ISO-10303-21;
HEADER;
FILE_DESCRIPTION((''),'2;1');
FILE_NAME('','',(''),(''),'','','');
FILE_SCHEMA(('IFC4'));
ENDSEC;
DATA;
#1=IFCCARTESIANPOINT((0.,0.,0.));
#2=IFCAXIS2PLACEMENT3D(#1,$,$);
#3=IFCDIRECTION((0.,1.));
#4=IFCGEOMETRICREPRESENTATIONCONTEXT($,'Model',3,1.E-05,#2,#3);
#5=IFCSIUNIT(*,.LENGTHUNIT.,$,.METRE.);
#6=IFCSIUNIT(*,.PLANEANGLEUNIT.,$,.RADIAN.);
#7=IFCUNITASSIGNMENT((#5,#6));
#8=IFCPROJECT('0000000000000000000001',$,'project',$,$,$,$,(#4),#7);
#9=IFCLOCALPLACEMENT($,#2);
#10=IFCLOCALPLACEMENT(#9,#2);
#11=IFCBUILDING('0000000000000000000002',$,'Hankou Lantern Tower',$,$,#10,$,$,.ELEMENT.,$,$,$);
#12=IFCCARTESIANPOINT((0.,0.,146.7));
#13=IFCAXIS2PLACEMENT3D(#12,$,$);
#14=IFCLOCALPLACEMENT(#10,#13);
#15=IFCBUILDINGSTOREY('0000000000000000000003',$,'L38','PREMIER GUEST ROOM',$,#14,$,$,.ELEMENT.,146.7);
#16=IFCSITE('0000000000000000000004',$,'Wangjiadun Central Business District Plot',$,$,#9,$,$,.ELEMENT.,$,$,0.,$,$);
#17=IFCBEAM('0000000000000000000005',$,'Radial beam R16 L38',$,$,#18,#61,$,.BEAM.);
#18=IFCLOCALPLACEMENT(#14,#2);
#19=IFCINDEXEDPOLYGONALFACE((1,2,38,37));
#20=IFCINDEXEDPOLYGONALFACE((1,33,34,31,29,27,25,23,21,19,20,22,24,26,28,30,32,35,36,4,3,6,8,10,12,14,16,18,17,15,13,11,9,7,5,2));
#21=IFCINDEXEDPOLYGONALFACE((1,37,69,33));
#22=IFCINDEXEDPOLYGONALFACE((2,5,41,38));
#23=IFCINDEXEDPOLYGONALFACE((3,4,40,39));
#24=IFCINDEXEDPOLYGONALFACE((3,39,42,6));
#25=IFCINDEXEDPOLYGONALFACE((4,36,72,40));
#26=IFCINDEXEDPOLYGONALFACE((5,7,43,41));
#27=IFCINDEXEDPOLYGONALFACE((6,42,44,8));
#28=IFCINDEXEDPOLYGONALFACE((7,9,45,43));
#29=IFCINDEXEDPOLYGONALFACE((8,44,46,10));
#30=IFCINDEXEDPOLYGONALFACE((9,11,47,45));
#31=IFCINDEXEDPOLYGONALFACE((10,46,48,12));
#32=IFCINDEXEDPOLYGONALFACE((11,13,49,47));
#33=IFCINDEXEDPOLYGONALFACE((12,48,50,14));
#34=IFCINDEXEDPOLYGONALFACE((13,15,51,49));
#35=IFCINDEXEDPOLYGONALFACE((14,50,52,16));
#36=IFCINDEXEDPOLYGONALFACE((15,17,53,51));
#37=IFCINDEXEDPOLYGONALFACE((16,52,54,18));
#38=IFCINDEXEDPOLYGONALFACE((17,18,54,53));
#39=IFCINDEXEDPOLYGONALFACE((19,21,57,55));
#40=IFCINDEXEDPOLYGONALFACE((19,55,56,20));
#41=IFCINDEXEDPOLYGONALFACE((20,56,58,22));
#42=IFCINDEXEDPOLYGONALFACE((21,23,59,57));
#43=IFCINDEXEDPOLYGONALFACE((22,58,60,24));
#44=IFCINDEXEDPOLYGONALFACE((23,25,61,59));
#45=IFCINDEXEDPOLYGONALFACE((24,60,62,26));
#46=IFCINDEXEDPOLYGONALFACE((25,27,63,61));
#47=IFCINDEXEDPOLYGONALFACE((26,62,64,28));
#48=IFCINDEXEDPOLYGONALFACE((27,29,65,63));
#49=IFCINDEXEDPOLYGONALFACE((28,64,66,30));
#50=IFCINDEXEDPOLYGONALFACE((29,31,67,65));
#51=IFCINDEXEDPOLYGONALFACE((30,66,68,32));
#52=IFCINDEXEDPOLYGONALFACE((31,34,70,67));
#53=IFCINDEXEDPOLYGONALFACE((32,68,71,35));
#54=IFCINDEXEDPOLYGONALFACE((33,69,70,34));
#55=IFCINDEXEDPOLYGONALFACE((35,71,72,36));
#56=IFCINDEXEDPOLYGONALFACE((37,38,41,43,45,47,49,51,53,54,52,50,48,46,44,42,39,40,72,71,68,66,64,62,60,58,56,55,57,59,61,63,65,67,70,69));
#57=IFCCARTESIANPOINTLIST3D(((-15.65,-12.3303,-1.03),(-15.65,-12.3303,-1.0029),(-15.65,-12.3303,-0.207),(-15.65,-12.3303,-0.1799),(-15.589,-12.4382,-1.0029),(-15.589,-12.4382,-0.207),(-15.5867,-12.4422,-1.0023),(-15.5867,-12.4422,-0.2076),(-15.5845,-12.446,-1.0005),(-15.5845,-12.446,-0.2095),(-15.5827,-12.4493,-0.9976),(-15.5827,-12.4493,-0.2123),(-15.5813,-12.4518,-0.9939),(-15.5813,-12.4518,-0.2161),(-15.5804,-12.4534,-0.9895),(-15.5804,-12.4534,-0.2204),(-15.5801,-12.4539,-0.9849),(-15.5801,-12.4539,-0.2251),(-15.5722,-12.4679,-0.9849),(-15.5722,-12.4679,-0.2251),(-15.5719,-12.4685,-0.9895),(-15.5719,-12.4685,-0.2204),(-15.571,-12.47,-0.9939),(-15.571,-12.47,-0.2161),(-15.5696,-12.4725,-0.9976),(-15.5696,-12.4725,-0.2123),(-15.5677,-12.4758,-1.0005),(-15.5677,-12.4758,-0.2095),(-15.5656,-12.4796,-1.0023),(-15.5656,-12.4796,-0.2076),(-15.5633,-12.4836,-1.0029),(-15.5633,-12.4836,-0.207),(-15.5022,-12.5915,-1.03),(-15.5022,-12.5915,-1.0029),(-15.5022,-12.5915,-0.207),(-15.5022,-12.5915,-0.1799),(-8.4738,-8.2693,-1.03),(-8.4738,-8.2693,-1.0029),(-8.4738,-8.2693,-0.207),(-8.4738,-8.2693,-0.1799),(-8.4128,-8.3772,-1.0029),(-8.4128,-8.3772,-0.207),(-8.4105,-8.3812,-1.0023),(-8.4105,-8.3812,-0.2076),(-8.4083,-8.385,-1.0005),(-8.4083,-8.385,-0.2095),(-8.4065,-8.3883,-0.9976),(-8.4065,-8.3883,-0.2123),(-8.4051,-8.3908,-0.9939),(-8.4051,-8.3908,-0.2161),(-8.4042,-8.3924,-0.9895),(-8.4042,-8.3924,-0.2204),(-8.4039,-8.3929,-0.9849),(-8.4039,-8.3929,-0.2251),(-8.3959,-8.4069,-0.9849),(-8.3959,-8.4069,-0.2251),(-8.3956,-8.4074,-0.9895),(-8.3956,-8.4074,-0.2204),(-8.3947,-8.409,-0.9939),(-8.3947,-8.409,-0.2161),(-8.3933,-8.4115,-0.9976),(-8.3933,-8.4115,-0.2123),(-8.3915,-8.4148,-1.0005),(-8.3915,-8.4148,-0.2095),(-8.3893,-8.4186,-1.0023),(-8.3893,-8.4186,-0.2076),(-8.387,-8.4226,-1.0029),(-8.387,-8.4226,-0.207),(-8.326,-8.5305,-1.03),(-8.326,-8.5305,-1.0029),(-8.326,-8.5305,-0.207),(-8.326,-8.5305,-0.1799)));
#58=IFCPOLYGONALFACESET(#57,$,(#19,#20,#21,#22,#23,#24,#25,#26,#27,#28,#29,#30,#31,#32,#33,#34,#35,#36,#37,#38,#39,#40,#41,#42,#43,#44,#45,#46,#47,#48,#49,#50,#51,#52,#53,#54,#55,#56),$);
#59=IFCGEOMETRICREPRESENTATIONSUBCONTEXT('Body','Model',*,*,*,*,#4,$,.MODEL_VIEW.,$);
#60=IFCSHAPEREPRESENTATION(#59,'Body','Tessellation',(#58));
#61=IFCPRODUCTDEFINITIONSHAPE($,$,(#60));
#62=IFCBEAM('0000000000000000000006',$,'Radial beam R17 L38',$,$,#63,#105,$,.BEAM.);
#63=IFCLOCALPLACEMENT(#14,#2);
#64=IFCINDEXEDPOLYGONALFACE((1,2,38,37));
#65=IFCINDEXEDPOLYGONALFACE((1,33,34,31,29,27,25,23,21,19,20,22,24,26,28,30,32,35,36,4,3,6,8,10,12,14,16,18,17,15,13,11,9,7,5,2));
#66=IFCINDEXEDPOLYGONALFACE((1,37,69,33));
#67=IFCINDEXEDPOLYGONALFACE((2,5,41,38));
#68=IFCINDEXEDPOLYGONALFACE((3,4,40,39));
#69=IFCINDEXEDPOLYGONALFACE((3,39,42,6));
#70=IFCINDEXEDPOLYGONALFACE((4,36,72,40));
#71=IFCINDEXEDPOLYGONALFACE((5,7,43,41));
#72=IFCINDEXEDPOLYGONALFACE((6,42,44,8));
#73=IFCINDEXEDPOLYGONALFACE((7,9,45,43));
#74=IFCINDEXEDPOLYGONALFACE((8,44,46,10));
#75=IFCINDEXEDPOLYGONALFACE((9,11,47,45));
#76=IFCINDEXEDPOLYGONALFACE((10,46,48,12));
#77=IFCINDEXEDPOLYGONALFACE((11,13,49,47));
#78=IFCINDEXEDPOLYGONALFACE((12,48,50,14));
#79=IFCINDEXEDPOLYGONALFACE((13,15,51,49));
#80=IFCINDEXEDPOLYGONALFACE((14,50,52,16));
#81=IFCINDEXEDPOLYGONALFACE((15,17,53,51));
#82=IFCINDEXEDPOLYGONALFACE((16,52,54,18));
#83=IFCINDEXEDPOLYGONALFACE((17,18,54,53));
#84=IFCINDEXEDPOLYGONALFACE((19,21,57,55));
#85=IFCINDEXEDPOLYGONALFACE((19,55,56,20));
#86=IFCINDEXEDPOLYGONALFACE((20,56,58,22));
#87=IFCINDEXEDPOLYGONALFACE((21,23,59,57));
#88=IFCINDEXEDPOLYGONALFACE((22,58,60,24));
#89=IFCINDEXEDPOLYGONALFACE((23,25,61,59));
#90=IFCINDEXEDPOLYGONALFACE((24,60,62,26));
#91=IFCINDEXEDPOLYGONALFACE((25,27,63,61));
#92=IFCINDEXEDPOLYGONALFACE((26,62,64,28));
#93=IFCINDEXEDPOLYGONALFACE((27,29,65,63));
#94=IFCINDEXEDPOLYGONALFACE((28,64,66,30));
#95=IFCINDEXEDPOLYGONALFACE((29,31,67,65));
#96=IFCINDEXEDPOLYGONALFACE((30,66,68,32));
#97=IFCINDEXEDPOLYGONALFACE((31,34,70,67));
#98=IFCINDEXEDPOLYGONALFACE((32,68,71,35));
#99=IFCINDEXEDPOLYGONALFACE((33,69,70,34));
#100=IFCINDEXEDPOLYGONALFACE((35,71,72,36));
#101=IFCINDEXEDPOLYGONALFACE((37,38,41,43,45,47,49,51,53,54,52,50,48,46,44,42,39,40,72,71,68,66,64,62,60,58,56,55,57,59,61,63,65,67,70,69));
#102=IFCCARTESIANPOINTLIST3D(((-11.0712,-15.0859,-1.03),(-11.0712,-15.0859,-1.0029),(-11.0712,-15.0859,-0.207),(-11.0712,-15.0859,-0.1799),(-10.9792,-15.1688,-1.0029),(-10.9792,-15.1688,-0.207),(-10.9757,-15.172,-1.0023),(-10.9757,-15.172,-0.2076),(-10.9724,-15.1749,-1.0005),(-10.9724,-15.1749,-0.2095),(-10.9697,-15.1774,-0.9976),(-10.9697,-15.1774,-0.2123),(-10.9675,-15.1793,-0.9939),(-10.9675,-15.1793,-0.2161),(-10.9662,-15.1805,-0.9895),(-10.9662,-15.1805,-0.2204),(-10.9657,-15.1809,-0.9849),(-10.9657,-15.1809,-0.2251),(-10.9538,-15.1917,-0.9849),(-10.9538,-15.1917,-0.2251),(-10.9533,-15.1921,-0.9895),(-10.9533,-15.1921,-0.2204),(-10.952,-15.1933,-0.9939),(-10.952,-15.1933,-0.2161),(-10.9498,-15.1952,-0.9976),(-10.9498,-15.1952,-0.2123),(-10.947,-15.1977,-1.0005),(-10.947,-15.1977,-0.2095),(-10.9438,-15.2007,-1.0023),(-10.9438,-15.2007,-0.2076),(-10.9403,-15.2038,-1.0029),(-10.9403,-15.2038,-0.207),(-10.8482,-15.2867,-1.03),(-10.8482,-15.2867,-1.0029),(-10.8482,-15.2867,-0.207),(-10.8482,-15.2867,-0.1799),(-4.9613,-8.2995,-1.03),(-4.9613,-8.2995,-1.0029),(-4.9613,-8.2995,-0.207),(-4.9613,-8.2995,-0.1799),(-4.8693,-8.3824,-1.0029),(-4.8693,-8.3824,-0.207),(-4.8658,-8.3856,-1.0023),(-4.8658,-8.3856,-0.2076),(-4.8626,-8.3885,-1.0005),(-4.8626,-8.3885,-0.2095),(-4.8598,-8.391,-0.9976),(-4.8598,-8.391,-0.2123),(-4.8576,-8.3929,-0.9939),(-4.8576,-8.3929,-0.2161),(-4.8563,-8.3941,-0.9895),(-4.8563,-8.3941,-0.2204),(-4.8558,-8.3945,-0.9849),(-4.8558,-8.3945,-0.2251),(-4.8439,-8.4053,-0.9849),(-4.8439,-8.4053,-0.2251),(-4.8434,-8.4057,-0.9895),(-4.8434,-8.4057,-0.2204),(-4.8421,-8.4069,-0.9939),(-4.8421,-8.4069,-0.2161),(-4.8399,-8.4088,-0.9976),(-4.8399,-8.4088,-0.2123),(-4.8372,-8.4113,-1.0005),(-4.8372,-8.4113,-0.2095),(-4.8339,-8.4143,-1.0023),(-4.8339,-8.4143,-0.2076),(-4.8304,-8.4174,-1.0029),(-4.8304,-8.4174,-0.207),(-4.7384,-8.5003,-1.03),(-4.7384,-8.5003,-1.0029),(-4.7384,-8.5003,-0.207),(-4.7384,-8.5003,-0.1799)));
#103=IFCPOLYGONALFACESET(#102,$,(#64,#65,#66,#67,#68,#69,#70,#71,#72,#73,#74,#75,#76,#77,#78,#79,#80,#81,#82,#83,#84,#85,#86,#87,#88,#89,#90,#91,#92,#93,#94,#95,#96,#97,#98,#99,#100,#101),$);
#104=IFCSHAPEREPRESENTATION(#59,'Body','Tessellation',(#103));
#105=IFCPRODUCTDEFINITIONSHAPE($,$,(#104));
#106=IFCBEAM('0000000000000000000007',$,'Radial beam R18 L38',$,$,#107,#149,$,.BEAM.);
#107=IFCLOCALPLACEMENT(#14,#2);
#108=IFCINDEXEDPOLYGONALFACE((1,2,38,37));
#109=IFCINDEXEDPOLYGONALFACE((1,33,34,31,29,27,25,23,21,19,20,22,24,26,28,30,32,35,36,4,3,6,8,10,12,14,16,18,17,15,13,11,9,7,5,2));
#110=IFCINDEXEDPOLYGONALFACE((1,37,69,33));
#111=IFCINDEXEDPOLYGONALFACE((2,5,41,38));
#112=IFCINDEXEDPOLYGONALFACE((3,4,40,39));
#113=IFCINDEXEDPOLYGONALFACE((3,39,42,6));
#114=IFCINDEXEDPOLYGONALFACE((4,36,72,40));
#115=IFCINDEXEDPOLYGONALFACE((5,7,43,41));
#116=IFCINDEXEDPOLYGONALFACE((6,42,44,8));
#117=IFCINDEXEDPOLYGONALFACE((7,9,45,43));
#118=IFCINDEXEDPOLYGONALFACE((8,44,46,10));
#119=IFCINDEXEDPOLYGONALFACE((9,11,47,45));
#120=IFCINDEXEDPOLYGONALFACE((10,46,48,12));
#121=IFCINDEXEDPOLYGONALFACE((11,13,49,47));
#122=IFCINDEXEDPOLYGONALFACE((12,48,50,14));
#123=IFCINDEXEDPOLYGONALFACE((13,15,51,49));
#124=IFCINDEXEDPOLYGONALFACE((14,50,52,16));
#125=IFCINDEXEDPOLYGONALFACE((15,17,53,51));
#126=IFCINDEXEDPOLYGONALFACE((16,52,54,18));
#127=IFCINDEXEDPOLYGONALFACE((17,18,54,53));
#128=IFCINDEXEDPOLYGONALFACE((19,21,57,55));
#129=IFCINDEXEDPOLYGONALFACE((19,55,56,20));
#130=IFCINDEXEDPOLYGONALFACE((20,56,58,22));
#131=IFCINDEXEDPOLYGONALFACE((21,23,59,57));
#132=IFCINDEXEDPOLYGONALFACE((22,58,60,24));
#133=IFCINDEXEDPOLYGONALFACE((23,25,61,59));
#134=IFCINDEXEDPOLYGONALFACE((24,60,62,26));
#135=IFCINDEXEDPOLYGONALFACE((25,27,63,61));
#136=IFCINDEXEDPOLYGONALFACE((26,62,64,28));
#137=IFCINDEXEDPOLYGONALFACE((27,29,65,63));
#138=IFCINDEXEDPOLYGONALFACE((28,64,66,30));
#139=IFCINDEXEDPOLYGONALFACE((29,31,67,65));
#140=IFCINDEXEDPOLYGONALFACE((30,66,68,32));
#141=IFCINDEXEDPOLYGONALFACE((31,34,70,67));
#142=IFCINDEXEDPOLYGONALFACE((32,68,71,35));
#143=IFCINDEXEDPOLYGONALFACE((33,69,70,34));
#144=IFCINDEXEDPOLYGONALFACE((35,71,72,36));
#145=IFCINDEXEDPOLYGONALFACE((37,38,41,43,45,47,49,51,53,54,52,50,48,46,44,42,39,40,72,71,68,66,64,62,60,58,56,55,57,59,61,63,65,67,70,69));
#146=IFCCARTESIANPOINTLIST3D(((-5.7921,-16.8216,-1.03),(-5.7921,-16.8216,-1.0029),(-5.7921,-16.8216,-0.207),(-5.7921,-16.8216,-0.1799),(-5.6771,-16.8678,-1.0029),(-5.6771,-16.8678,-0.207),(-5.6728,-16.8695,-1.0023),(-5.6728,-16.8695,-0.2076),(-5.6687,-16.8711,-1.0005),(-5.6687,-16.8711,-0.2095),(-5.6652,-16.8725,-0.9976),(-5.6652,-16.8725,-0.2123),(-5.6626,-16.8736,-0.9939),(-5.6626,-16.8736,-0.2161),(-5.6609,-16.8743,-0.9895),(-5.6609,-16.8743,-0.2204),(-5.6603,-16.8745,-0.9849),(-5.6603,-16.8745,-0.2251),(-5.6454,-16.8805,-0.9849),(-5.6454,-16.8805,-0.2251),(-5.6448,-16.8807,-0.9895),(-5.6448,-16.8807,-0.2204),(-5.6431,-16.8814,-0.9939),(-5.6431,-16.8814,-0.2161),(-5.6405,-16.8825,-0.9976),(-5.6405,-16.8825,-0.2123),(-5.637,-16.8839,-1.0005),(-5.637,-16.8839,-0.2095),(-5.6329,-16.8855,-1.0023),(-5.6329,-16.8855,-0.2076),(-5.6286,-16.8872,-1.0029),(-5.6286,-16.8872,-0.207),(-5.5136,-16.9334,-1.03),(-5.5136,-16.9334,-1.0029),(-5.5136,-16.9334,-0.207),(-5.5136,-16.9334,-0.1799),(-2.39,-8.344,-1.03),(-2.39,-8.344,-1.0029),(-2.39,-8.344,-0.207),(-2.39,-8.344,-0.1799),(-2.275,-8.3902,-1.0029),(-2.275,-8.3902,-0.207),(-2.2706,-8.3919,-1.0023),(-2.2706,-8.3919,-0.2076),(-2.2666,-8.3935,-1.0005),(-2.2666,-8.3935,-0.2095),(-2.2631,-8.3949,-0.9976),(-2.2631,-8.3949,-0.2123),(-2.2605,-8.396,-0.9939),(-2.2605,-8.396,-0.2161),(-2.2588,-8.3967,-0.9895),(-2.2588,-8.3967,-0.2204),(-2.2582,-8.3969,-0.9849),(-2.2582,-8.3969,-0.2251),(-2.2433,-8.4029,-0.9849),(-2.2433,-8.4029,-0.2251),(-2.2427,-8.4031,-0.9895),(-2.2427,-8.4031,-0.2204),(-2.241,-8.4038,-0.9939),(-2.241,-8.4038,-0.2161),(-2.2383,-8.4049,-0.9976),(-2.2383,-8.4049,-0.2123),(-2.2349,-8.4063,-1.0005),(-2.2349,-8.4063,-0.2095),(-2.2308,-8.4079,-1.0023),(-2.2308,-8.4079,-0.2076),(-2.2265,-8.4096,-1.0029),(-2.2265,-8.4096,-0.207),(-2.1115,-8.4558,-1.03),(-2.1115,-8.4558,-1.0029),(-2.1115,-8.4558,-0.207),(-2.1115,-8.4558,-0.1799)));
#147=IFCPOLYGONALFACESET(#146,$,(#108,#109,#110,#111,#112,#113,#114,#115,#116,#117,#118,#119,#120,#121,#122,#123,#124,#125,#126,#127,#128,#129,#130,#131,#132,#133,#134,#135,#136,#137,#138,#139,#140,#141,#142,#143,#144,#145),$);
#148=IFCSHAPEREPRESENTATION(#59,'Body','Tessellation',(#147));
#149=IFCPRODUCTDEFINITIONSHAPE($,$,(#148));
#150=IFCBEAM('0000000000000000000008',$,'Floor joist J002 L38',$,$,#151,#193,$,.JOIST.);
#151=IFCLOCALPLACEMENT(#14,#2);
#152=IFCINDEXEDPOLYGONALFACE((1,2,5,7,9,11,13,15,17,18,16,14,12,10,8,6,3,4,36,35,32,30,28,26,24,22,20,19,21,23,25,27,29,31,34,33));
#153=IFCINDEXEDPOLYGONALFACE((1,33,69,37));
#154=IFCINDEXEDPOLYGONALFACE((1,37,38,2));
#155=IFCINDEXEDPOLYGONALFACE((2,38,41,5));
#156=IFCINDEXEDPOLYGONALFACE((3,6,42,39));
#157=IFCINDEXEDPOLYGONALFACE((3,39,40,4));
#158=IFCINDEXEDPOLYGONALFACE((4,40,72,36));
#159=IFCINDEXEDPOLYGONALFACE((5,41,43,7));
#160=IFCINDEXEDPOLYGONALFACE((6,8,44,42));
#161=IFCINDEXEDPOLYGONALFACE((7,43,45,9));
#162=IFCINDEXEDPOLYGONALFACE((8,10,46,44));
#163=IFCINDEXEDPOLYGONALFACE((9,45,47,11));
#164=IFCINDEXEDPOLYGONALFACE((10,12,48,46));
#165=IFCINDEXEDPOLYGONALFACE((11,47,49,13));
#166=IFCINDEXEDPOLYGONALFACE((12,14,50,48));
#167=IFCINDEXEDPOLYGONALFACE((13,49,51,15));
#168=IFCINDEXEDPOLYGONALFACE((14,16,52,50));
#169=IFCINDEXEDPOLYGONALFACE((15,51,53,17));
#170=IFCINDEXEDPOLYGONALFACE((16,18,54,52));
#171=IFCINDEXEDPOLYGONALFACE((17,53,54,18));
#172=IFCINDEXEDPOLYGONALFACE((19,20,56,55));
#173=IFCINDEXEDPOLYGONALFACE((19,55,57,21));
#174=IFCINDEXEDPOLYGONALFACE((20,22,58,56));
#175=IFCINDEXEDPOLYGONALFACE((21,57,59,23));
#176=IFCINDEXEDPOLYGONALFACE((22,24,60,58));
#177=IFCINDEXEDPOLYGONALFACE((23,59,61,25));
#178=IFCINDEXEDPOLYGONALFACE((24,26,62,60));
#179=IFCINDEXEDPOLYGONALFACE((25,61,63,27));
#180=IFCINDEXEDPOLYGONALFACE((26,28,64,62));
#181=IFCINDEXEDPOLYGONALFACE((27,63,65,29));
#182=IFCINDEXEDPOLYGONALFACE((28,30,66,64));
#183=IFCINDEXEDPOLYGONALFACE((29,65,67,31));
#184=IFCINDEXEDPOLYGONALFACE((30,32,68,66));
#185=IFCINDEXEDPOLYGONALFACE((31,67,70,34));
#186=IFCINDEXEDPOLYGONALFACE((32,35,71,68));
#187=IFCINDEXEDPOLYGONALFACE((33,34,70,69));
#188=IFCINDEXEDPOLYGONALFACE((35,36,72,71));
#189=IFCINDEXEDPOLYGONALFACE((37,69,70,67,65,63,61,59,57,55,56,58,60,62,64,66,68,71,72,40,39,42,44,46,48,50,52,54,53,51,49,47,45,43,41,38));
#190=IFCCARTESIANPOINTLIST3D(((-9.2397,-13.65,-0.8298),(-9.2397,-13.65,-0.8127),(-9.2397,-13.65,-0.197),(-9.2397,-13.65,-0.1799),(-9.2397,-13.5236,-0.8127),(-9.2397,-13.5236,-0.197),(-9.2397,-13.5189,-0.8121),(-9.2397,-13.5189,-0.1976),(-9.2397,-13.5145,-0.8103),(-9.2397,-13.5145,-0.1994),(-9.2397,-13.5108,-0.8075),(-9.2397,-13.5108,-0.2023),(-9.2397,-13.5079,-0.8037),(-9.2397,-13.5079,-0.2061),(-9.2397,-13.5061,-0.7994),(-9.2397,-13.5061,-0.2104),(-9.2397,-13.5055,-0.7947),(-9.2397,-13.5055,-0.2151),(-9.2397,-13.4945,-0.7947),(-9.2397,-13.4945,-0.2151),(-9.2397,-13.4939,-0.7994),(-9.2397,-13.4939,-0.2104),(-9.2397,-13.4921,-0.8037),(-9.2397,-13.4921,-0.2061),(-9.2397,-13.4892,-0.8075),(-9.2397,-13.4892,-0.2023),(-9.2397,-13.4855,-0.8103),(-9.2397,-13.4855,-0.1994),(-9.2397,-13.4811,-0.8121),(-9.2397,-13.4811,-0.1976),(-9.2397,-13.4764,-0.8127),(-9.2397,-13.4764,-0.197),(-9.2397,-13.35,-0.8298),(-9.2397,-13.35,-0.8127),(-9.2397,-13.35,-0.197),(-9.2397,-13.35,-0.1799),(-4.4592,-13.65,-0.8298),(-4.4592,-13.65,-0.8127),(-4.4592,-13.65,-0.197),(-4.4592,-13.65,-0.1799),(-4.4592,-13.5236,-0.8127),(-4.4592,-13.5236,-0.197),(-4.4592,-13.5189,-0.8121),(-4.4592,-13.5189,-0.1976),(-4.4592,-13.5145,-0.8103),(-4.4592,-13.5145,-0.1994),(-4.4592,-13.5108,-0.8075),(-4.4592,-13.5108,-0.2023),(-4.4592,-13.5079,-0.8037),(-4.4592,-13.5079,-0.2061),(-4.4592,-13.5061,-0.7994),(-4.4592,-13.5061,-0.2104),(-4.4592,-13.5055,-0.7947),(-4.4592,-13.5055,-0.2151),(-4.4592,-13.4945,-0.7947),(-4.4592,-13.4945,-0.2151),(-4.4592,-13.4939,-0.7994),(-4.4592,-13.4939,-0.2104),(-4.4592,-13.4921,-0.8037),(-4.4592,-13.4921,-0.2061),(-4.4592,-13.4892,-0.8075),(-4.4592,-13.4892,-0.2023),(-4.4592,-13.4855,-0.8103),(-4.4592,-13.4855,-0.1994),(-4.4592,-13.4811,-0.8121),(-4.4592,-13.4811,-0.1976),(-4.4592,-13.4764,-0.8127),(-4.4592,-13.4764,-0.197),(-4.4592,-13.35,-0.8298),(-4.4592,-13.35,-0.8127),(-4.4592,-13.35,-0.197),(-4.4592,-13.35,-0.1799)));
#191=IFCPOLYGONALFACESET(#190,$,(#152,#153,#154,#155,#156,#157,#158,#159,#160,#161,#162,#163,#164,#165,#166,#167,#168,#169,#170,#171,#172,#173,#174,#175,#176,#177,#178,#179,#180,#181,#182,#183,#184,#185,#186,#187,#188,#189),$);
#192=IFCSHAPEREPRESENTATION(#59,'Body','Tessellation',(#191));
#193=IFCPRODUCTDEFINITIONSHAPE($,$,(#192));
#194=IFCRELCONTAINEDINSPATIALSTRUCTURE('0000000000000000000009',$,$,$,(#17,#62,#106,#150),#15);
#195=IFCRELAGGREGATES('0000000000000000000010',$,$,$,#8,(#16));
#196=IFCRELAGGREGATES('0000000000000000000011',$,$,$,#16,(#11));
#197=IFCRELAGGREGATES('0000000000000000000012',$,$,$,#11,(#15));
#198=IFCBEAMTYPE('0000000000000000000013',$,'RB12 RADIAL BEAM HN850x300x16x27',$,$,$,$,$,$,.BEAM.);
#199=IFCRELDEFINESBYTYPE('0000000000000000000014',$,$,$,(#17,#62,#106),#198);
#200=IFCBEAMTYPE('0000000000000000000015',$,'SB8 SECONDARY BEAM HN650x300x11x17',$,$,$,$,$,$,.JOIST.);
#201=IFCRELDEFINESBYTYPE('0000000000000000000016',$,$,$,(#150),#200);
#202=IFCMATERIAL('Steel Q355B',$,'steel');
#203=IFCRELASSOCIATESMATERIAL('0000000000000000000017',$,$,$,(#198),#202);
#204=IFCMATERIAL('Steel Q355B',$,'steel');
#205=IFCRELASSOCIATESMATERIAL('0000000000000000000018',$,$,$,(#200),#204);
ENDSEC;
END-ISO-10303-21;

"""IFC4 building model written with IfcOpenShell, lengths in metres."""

from ifc_helpers import new_model, si_unit, direction, frame, origin, origin_2d, place, context, subcontext, project, spatial, i_section, extrude, material, material_profile, profile_set, type_object, element, save


model = new_model("IFC4")

# Units and contexts
model_context = context("Model", 3, precision=1e-05, world=origin(), true_north=direction((0.0, 1.0)))
body_context = subcontext(model_context, "Body", "Model", "MODEL_VIEW")
ifc_project = project(units=[si_unit("LENGTHUNIT", "METRE"), si_unit("PLANEANGLEUNIT", "RADIAN")], contexts=[model_context])

# Site, building, storey
site_placement = place(None, origin())
site = spatial("IfcSite", under=ifc_project, at=site_placement, Name="Wangjiadun Central Business District Plot", CompositionType="ELEMENT", RefElevation=0.0)
building_placement = place(site_placement, origin())
building = spatial("IfcBuilding", under=site, at=building_placement, Name="Hankou Lantern Tower", CompositionType="ELEMENT")
storey_placement = place(building_placement, frame((0.0, 0.0, 146.7)))
storey = spatial("IfcBuildingStorey", under=building, at=storey_placement, Name="L38", Description="PREMIER GUEST ROOM", CompositionType="ELEMENT", Elevation=146.7)

# Beams
ifc_material_1 = material(Name="Steel Q355B", Category="steel")
ifc_material_profile_1 = material_profile(ifc_material_1, i_section(OverallWidth=0.3, OverallDepth=0.8501, WebThickness=0.0161, FlangeThickness=0.0271, FilletRadius=0.0181, at=origin_2d()), Name="HN850x300x16x27")
ifc_profile_set_1 = profile_set([ifc_material_profile_1], Name="Steel Q355B")
beam_type_1 = type_object("IfcBeamType", Name="RB12 RADIAL BEAM HN850x300x16x27", PredefinedType="BEAM", material=ifc_profile_set_1)
beam_1_placement = place(storey_placement, frame((-8.3999, -8.3999, -0.605), z_axis=(-0.870309, -0.492506, 0.0), x_axis=(0.492506, -0.870309, 0.0)))
element("IfcBeam", 1, at=beam_1_placement, inside=storey, type_object=beam_type_1, Name="Radial beam R16 L38", PredefinedType="BEAM", context=body_context, shape_type="SweptSolid", body=[
    extrude(i_section(OverallWidth=0.3, OverallDepth=0.8501, WebThickness=0.0161, FlangeThickness=0.0271, FilletRadius=0.0181, at=origin_2d()), origin(), (0.0, 0.0, 1.0), 8.2456),
])
beam_2_placement = place(storey_placement, frame((-4.8499, -8.3999, -0.605), z_axis=(-0.669093, -0.743178, 0.0), x_axis=(0.743178, -0.669093, 0.0)))
element("IfcBeam", 2, at=beam_2_placement, inside=storey, type_object=beam_type_1, Name="Radial beam R17 L38", PredefinedType="BEAM", context=body_context, shape_type="SweptSolid", body=[
    extrude(i_section(OverallWidth=0.3, OverallDepth=0.8501, WebThickness=0.0161, FlangeThickness=0.0271, FilletRadius=0.0181, at=origin_2d()), origin(), (0.0, 0.0, 1.0), 9.1316),
])
beam_3_placement = place(storey_placement, frame((-2.2507, -8.3999, -0.605), z_axis=(-0.372436, -0.928058, 0.0), x_axis=(0.928058, -0.372436, 0.0)))
element("IfcBeam", 3, at=beam_3_placement, inside=storey, type_object=beam_type_1, Name="Radial beam R18 L38", PredefinedType="BEAM", context=body_context, shape_type="SweptSolid", body=[
    extrude(i_section(OverallWidth=0.3, OverallDepth=0.8501, WebThickness=0.0161, FlangeThickness=0.0271, FilletRadius=0.0181, at=origin_2d()), origin(), (0.0, 0.0, 1.0), 9.1348),
])
ifc_material_2 = material(Name="Steel Q355B", Category="steel")
ifc_material_profile_2 = material_profile(ifc_material_2, i_section(OverallWidth=0.3, OverallDepth=0.6499, WebThickness=0.011, FlangeThickness=0.0171, FilletRadius=0.0181, at=origin_2d()), Name="HN650x300x11x17")
ifc_profile_set_2 = profile_set([ifc_material_profile_2], Name="Steel Q355B")
beam_type_2 = type_object("IfcBeamType", Name="SB8 SECONDARY BEAM HN650x300x11x17", PredefinedType="JOIST", material=ifc_profile_set_2)
beam_4_placement = place(storey_placement, frame((-9.2397, -13.5, -0.5049), z_axis=(1.0, 0.0, 0.0), x_axis=(0.0, 1.0, 0.0)))
element("IfcBeam", 4, at=beam_4_placement, inside=storey, type_object=beam_type_2, Name="Floor joist J002 L38", PredefinedType="JOIST", context=body_context, shape_type="SweptSolid", body=[
    extrude(i_section(OverallWidth=0.3, OverallDepth=0.6499, WebThickness=0.011, FlangeThickness=0.0171, FilletRadius=0.0181, at=origin_2d()), origin(), (0.0, 0.0, 1.0), 4.7805),
])

save(model, "model.ifc")
